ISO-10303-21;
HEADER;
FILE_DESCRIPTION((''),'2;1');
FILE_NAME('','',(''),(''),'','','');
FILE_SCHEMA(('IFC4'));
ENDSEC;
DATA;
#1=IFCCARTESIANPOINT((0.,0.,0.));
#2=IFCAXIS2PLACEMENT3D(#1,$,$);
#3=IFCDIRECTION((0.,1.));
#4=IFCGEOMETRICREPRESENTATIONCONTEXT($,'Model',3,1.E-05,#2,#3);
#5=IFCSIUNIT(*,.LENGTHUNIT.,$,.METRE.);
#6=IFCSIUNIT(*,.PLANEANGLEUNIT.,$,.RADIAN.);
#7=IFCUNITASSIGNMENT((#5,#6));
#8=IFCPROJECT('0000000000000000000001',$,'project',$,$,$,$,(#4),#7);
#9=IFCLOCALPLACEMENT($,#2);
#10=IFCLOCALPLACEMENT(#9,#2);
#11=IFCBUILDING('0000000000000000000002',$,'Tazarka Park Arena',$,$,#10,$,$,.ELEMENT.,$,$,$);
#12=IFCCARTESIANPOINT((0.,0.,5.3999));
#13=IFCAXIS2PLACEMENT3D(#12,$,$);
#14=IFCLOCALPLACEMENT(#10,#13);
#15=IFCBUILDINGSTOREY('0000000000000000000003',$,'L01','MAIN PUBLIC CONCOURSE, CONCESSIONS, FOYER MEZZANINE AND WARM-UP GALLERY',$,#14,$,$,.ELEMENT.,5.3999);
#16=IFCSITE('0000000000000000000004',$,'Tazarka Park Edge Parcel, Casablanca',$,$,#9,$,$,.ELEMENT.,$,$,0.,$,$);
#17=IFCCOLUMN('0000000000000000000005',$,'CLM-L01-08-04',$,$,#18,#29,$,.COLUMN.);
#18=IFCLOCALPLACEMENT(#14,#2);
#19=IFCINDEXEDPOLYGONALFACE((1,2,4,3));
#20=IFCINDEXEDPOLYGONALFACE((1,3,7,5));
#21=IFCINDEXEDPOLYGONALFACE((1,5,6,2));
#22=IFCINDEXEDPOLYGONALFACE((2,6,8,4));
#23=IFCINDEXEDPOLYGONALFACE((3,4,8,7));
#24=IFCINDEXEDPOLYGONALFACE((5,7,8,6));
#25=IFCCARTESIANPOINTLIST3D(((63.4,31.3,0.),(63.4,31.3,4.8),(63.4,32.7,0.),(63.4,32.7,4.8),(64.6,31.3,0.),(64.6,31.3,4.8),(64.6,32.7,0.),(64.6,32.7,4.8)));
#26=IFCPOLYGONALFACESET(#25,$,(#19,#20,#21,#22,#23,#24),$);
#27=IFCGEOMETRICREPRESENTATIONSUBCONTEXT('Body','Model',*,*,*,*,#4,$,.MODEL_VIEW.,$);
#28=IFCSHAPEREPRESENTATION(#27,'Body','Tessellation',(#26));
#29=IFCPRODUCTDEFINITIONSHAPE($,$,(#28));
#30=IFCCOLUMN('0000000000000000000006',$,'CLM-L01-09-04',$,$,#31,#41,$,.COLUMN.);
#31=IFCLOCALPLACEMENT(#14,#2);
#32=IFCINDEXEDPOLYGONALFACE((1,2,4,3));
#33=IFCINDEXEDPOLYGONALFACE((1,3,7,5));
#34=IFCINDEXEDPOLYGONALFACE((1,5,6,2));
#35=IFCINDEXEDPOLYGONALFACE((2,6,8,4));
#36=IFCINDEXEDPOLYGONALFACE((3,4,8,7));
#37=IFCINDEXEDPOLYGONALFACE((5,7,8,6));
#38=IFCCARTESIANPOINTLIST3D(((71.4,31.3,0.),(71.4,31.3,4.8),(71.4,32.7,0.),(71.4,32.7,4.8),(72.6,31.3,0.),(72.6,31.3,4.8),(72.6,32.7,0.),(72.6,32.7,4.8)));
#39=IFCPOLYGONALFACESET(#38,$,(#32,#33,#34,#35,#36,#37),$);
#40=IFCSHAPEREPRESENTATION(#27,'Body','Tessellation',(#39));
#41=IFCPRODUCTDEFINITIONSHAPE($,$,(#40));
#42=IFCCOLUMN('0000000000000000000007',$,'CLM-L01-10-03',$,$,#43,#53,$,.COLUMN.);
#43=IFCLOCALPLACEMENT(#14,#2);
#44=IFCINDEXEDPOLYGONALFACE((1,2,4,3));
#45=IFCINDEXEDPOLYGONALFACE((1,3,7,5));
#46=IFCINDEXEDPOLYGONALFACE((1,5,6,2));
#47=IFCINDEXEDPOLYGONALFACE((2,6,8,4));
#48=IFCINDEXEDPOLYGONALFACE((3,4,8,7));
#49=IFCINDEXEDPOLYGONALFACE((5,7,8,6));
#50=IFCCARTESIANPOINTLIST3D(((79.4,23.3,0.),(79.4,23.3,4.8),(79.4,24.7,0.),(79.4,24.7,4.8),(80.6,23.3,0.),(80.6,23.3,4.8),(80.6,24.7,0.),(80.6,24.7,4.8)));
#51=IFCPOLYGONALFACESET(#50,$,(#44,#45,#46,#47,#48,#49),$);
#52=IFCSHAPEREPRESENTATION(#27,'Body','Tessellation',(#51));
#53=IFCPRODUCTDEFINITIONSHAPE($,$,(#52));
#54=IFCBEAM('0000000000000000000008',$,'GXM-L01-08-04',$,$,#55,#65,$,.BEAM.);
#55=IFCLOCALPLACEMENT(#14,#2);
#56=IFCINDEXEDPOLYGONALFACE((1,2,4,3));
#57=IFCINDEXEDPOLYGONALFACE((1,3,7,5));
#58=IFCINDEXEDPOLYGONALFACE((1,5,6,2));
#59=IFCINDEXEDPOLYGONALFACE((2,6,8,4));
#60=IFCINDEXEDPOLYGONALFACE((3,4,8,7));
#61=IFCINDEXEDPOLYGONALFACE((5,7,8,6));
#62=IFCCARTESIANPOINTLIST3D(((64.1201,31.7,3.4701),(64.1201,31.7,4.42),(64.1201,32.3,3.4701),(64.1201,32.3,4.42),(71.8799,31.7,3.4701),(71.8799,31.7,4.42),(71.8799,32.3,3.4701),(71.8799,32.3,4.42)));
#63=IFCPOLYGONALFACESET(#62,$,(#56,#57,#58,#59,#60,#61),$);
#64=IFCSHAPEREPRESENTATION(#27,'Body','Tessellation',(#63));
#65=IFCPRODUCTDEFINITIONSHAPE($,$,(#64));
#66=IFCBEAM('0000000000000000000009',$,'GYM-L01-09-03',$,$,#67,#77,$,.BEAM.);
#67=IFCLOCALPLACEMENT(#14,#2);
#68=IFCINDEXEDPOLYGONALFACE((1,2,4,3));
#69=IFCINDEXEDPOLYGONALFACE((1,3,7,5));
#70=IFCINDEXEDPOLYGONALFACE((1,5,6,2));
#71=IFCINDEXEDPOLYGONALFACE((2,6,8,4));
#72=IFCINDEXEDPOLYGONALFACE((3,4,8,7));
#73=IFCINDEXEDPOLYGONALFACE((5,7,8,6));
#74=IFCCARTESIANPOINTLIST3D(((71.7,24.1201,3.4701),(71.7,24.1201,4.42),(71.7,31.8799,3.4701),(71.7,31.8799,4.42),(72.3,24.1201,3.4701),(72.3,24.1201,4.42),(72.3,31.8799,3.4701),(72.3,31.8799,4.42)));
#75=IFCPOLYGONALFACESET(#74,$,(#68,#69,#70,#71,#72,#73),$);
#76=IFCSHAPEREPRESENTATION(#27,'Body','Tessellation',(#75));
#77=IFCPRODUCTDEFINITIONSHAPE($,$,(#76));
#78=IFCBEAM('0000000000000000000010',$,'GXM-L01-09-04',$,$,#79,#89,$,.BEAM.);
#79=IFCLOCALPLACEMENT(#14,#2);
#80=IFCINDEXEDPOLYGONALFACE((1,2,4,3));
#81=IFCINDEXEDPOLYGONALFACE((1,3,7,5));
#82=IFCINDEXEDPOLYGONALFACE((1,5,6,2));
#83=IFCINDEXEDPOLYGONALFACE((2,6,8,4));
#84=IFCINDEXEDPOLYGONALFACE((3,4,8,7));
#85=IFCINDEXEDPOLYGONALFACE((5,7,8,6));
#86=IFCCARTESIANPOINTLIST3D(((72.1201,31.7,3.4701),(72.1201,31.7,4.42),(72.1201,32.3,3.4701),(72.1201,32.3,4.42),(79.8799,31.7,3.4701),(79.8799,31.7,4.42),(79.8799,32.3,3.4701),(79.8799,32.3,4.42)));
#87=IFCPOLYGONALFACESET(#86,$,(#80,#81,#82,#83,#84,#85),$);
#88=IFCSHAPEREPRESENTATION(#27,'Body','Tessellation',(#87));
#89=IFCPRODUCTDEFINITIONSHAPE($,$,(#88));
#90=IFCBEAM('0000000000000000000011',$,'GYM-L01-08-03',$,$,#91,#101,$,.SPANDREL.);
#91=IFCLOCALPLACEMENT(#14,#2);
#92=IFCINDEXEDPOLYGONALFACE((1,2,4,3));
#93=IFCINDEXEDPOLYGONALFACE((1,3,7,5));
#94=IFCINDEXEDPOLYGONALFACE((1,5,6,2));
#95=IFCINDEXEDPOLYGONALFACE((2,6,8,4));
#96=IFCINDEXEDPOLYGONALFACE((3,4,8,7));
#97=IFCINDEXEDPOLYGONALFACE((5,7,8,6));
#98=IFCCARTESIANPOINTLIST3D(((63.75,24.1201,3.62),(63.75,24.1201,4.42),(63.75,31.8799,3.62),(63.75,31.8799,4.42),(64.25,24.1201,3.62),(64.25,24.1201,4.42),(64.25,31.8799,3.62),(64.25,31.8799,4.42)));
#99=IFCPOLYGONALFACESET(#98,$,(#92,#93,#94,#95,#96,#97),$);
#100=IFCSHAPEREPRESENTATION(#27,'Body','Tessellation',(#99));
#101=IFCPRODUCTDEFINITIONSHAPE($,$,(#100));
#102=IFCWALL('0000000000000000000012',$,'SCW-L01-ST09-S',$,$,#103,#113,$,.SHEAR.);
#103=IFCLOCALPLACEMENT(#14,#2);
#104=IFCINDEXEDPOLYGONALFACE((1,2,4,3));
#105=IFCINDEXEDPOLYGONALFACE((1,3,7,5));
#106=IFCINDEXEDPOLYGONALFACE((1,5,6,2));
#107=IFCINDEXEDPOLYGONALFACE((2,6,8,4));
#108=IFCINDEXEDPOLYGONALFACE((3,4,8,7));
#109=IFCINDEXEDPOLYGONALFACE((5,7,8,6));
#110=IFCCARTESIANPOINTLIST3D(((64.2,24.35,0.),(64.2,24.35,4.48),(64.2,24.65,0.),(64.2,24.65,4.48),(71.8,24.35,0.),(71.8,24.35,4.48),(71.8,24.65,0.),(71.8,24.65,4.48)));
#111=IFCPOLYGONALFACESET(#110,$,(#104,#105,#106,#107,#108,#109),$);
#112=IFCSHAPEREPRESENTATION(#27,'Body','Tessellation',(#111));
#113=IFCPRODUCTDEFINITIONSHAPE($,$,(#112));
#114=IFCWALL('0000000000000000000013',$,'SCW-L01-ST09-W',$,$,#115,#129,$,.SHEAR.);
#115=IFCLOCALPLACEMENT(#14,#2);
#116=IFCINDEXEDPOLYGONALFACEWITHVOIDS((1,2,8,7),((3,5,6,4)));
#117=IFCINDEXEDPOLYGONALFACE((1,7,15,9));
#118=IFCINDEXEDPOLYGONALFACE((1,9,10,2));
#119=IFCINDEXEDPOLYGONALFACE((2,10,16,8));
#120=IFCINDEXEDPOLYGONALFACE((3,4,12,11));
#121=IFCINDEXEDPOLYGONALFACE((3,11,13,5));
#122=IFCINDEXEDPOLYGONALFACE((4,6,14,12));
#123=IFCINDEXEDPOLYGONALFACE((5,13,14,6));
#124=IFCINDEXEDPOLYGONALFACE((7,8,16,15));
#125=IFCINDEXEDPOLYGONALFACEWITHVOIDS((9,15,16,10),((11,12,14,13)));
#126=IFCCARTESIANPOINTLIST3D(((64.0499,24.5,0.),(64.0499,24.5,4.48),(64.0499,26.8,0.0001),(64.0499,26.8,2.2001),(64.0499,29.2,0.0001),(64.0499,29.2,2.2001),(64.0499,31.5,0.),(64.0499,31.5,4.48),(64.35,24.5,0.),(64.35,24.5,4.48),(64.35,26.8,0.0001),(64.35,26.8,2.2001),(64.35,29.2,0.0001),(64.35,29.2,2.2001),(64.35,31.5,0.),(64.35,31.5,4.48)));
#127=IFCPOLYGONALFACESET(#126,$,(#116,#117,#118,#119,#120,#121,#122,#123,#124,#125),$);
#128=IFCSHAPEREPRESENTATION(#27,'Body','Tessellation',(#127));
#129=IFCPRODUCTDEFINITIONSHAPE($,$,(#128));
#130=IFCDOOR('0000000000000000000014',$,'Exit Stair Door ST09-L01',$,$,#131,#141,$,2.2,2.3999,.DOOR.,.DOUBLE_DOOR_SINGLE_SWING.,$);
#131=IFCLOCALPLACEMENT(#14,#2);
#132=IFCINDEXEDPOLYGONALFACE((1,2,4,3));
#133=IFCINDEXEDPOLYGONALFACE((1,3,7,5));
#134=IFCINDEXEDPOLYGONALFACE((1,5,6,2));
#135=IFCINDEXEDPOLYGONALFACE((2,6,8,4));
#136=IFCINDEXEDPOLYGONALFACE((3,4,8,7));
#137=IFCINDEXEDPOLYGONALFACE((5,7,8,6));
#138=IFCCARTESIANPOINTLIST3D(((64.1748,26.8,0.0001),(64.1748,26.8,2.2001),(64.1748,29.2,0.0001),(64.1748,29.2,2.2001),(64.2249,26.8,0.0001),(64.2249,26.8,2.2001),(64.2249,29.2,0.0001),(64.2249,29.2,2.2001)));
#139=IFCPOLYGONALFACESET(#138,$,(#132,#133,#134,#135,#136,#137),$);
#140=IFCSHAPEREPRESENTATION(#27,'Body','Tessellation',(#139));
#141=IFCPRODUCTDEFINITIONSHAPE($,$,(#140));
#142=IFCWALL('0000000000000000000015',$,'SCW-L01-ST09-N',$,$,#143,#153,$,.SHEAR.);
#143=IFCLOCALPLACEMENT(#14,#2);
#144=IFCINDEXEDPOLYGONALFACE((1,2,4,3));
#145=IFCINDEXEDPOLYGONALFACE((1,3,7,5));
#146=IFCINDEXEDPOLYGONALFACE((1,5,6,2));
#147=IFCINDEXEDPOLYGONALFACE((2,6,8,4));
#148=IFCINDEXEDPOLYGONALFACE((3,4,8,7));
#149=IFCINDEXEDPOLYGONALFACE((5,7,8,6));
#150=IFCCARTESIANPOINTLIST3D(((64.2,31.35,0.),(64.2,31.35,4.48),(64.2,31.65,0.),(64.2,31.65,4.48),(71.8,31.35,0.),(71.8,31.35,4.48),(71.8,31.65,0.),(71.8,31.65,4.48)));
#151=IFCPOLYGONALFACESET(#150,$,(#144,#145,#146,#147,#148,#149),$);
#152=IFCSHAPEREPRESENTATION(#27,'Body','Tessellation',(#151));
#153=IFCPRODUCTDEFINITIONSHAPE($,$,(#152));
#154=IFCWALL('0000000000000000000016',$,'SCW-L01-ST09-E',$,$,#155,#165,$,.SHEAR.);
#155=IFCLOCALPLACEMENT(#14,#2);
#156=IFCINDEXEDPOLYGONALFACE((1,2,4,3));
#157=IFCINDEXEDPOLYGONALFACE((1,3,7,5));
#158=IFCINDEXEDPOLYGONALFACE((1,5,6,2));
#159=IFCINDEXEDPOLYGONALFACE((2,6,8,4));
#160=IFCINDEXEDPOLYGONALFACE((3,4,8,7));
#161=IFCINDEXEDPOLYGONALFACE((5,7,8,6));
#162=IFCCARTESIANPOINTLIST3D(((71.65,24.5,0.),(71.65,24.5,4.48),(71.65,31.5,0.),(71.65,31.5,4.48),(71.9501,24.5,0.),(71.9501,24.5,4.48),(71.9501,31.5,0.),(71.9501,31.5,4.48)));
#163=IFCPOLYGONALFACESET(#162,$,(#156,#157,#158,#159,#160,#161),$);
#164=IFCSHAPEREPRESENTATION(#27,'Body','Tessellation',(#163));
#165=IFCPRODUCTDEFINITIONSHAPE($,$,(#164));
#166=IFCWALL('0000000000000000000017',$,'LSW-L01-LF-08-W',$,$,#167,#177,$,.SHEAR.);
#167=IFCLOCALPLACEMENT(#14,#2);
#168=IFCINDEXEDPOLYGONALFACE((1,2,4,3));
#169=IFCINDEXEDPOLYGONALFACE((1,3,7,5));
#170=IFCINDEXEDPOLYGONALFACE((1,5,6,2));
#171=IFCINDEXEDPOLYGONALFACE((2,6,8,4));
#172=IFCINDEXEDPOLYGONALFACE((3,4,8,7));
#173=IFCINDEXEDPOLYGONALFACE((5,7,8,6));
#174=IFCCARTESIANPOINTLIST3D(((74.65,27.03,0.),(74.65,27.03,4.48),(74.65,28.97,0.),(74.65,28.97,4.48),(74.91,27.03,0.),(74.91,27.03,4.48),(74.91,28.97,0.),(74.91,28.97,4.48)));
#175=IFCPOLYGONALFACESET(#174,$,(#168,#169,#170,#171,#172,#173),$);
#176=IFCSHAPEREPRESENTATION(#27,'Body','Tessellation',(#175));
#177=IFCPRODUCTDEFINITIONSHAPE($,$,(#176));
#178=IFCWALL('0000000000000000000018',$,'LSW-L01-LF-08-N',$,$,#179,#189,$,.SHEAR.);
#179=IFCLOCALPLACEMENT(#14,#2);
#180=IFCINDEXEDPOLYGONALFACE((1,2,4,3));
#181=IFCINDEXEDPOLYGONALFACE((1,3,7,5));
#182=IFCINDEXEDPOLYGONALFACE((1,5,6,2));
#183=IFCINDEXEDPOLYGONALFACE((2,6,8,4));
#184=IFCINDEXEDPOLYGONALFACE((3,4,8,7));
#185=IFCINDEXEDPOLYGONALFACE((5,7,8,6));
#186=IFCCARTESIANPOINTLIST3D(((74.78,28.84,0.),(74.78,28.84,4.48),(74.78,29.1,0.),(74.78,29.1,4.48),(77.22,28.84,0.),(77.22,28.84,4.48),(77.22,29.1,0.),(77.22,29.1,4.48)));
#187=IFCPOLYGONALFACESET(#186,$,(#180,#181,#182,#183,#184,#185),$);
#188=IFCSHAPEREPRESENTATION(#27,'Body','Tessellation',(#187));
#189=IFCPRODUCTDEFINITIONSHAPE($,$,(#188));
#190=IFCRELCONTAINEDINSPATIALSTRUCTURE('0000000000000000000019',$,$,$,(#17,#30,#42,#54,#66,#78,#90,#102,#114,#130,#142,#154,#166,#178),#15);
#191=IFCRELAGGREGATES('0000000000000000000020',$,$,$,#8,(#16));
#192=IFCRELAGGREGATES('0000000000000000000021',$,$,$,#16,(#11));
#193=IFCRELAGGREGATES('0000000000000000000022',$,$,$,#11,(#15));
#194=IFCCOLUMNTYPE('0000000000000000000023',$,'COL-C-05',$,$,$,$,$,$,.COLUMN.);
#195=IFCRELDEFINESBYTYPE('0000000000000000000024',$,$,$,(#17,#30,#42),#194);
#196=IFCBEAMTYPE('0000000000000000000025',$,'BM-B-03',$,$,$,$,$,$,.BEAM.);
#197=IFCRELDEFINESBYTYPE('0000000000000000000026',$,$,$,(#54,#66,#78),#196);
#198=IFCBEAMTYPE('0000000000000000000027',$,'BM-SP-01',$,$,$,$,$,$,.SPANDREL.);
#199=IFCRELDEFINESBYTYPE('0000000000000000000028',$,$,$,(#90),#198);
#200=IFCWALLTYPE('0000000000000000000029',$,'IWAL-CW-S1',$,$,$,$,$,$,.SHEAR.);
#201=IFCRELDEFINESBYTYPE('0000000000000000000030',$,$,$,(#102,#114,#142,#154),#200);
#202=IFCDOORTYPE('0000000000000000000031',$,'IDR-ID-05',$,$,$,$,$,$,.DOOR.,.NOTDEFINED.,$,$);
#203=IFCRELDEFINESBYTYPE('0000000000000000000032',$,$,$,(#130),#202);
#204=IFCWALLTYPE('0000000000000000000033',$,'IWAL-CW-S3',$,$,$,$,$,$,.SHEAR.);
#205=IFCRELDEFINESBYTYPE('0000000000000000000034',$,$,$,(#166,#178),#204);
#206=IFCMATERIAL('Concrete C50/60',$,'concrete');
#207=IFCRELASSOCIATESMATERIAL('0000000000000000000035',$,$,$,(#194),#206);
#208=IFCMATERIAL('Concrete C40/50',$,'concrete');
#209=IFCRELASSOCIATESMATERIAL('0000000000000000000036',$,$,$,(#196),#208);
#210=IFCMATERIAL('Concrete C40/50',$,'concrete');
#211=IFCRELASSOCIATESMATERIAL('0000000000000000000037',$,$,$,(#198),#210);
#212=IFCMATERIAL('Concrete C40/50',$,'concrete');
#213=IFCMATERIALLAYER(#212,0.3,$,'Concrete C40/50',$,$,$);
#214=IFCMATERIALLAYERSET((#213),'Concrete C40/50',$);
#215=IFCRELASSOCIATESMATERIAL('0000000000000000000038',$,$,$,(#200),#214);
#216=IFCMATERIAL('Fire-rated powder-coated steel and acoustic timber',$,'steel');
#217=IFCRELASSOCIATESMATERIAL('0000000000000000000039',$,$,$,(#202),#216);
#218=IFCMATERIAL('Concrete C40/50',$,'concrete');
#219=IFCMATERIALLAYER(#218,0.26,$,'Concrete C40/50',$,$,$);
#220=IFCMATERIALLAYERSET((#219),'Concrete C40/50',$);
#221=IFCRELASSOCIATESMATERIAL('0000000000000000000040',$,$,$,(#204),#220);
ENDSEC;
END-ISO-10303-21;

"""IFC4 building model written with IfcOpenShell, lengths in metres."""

from ifc_helpers import new_model, si_unit, direction, frame, frame_2d, origin, origin_2d, place, context, subcontext, project, spatial, rectangle, extrude, material, layer, layer_set, material_profile, profile_set, type_object, element, fill, save


model = new_model("IFC4")

# Units and contexts
model_context = context("Model", 3, precision=1e-05, world=origin(), true_north=direction((0.0, 1.0)))
body_context = subcontext(model_context, "Body", "Model", "MODEL_VIEW")
ifc_project = project(units=[si_unit("LENGTHUNIT", "METRE"), si_unit("PLANEANGLEUNIT", "RADIAN")], contexts=[model_context])

# Site, building, storey
site_placement = place(None, origin())
site = spatial("IfcSite", under=ifc_project, at=site_placement, Name="Tazarka Park Edge Parcel, Casablanca", CompositionType="ELEMENT", RefElevation=0.0)
building_placement = place(site_placement, origin())
building = spatial("IfcBuilding", under=site, at=building_placement, Name="Tazarka Park Arena", CompositionType="ELEMENT")
storey_placement = place(building_placement, frame((0.0, 0.0, 5.3999)))
storey = spatial("IfcBuildingStorey", under=building, at=storey_placement, Name="L01", Description="MAIN PUBLIC CONCOURSE, CONCESSIONS, FOYER MEZZANINE AND WARM-UP GALLERY", CompositionType="ELEMENT", Elevation=5.3999)

# Columns
ifc_material_1 = material(Name="Concrete C50/60", Category="concrete")
ifc_material_profile_1 = material_profile(ifc_material_1, rectangle(XDim=1.2, YDim=1.3999, at=origin_2d()), Name="Concrete C50/60")
ifc_profile_set_1 = profile_set([ifc_material_profile_1], Name="Concrete C50/60")
column_type = type_object("IfcColumnType", Name="COL-C-05", PredefinedType="COLUMN", material=ifc_profile_set_1)
for number, where, z_axis, x_axis, name in (
    (1, (64.0, 32.0, 0.0), (0.0, 0.0, 1.0), (1.0, 0.0, 0.0), "CLM-L01-08-04"),
    (2, (72.0, 32.0, 0.0), (0.0, 0.0, 1.0), (1.0, 0.0, 0.0), "CLM-L01-09-04"),
    (3, (80.0, 24.0, 0.0), (0.0, 0.0, 1.0), (1.0, 0.0, 0.0), "CLM-L01-10-03"),
):
    element("IfcColumn", number, at=place(storey_placement, frame(where, z_axis=z_axis, x_axis=x_axis)), inside=storey, type_object=column_type, Name=name, PredefinedType="COLUMN", context=body_context, shape_type="SweptSolid", body=[
        extrude(rectangle(XDim=1.2, YDim=1.3999, at=origin_2d()), origin(), (0.0, 0.0, 1.0), 4.8),
    ])

# Beams
ifc_material_2 = material(Name="Concrete C40/50", Category="concrete")
ifc_material_profile_2 = material_profile(ifc_material_2, rectangle(XDim=0.6001, YDim=0.95, at=origin_2d()), Name="Concrete C40/50")
ifc_profile_set_2 = profile_set([ifc_material_profile_2], Name="Concrete C40/50")
beam_type_1 = type_object("IfcBeamType", Name="BM-B-03", PredefinedType="BEAM", material=ifc_profile_set_2)
for number, where, z_axis, x_axis, name in (
    (4, (64.1201, 32.0, 3.9451), (1.0, 0.0, 0.0), (0.0, 1.0, 0.0), "GXM-L01-08-04"),
    (5, (72.0, 24.1201, 3.9451), (0.0, 1.0, 0.0), (-1.0, 0.0, 0.0), "GYM-L01-09-03"),
    (6, (72.1201, 32.0, 3.9451), (1.0, 0.0, 0.0), (0.0, 1.0, 0.0), "GXM-L01-09-04"),
):
    element("IfcBeam", number, at=place(storey_placement, frame(where, z_axis=z_axis, x_axis=x_axis)), inside=storey, type_object=beam_type_1, Name=name, PredefinedType="BEAM", context=body_context, shape_type="SweptSolid", body=[
        extrude(rectangle(XDim=0.6001, YDim=0.95, at=origin_2d()), origin(), (0.0, 0.0, 1.0), 7.7598),
    ])
ifc_material_3 = material(Name="Concrete C40/50", Category="concrete")
ifc_material_profile_3 = material_profile(ifc_material_3, rectangle(XDim=0.5, YDim=0.8, at=origin_2d()), Name="Concrete C40/50")
ifc_profile_set_3 = profile_set([ifc_material_profile_3], Name="Concrete C40/50")
beam_type_2 = type_object("IfcBeamType", Name="BM-SP-01", PredefinedType="SPANDREL", material=ifc_profile_set_3)
beam_placement = place(storey_placement, frame((64.0, 24.1201, 4.02), z_axis=(0.0, 1.0, 0.0), x_axis=(-1.0, 0.0, 0.0)))
element("IfcBeam", 7, at=beam_placement, inside=storey, type_object=beam_type_2, Name="GYM-L01-08-03", PredefinedType="SPANDREL", context=body_context, shape_type="SweptSolid", body=[
    extrude(rectangle(XDim=0.5, YDim=0.8, at=origin_2d()), origin(), (0.0, 0.0, 1.0), 7.7598),
])

# Wall
ifc_material_4 = material(Name="Concrete C40/50", Category="concrete")
ifc_layer_1 = layer(ifc_material_4, 0.3, Name="Concrete C40/50")
ifc_layer_set_1 = layer_set([ifc_layer_1], Name="Concrete C40/50")
wall_type_1 = type_object("IfcWallType", Name="IWAL-CW-S1", PredefinedType="SHEAR", material=ifc_layer_set_1)
wall_1_placement = place(storey_placement, frame((71.8, 24.5, 0.0), z_axis=(0.0, 0.0, 1.0), x_axis=(-1.0, 0.0, 0.0)))
element("IfcWall", 8, at=wall_1_placement, inside=storey, type_object=wall_type_1, Name="SCW-L01-ST09-S", PredefinedType="SHEAR", context=body_context, shape_type="SweptSolid", body=[
    extrude(rectangle(XDim=7.6001, YDim=0.3, at=frame_2d((3.8, 0.0))), origin(), (0.0, 0.0, 1.0), 4.48),
])

# Wall, opening, door
wall_2_placement = place(storey_placement, frame((64.2, 24.5, 0.0), z_axis=(0.0, 0.0, 1.0), x_axis=(0.0, 1.0, 0.0)))
wall_2 = element("IfcWall", 9, at=wall_2_placement, inside=storey, type_object=wall_type_1, Name="SCW-L01-ST09-W", PredefinedType="SHEAR", context=body_context, shape_type="SweptSolid", body=[
    extrude(rectangle(XDim=7.0, YDim=0.3, at=frame_2d((3.5, 0.0))), origin(), (0.0, 0.0, 1.0), 4.48),
])
opening_1_placement = place(wall_2_placement, frame((2.3, 0.0, 0.0)))
opening_1 = element("IfcOpeningElement", 10, at=opening_1_placement, cuts=wall_2, PredefinedType="OPENING", context=body_context, shape_type="SweptSolid", body=[
    extrude(rectangle(XDim=2.3999, YDim=2.2, at=frame_2d((1.2, 1.1001))), frame((0.0, 0.1602, 0.0), z_axis=(0.0, -1.0, 0.0), x_axis=(1.0, 0.0, 0.0)), (0.0, 0.0, 1.0), 0.3201),
])
ifc_material_5 = material(Name="Fire-rated powder-coated steel and acoustic timber", Category="steel")
door_type_1 = type_object("IfcDoorType", Name="IDR-ID-05", OperationType="NOTDEFINED", PredefinedType="DOOR", material=ifc_material_5)
door_1_placement = place(opening_1_placement, frame((2.3999, 0.0, 0.0), z_axis=(0.0, 0.0, 1.0), x_axis=(-1.0, 0.0, 0.0)))
door_1 = element("IfcDoor", 11, at=door_1_placement, inside=storey, type_object=door_type_1, Name="Exit Stair Door ST09-L01", OperationType="DOUBLE_DOOR_SINGLE_SWING", OverallHeight=2.2, OverallWidth=2.3999, PredefinedType="DOOR", context=body_context, shape_type="SweptSolid", body=[
    extrude(rectangle(XDim=2.3999, YDim=2.2, at=frame_2d((1.2, 1.1001))), frame((0.0, 0.0249, 0.0), z_axis=(0.0, -1.0, 0.0), x_axis=(1.0, 0.0, 0.0)), (0.0, 0.0, 1.0), 0.05),
])
fill(opening_1, door_1)

# Walls
wall_3_placement = place(storey_placement, frame((64.2, 31.5, 0.0), z_axis=(0.0, 0.0, 1.0), x_axis=(1.0, 0.0, 0.0)))
element("IfcWall", 12, at=wall_3_placement, inside=storey, type_object=wall_type_1, Name="SCW-L01-ST09-N", PredefinedType="SHEAR", context=body_context, shape_type="SweptSolid", body=[
    extrude(rectangle(XDim=7.6001, YDim=0.3, at=frame_2d((3.8, 0.0))), origin(), (0.0, 0.0, 1.0), 4.48),
])
wall_4_placement = place(storey_placement, frame((71.8, 31.5, 0.0), z_axis=(0.0, 0.0, 1.0), x_axis=(0.0, -1.0, 0.0)))
element("IfcWall", 13, at=wall_4_placement, inside=storey, type_object=wall_type_1, Name="SCW-L01-ST09-E", PredefinedType="SHEAR", context=body_context, shape_type="SweptSolid", body=[
    extrude(rectangle(XDim=7.0, YDim=0.3, at=frame_2d((3.5, 0.0))), origin(), (0.0, 0.0, 1.0), 4.48),
])
ifc_material_6 = material(Name="Concrete C40/50", Category="concrete")
ifc_layer_2 = layer(ifc_material_6, 0.26, Name="Concrete C40/50")
ifc_layer_set_2 = layer_set([ifc_layer_2], Name="Concrete C40/50")
wall_type_2 = type_object("IfcWallType", Name="IWAL-CW-S3", PredefinedType="SHEAR", material=ifc_layer_set_2)
wall_5_placement = place(storey_placement, frame((74.78, 27.03, 0.0), z_axis=(0.0, 0.0, 1.0), x_axis=(0.0, 1.0, 0.0)))
element("IfcWall", 14, at=wall_5_placement, inside=storey, type_object=wall_type_2, Name="LSW-L01-LF-08-W", PredefinedType="SHEAR", context=body_context, shape_type="SweptSolid", body=[
    extrude(rectangle(XDim=1.9399, YDim=0.26, at=frame_2d((0.97, 0.0))), origin(), (0.0, 0.0, 1.0), 4.48),
])
for number, where, z_axis, x_axis, name in (
    (15, (74.78, 28.97, 0.0), (0.0, 0.0, 1.0), (1.0, 0.0, 0.0), "LSW-L01-LF-08-N"),
):
    element("IfcWall", number, at=place(storey_placement, frame(where, z_axis=z_axis, x_axis=x_axis)), inside=storey, type_object=wall_type_2, Name=name, PredefinedType="SHEAR", context=body_context, shape_type="SweptSolid", body=[
        extrude(rectangle(XDim=2.4399, YDim=0.26, at=frame_2d((1.22, 0.0))), origin(), (0.0, 0.0, 1.0), 4.48),
    ])

save(model, "model.ifc")
